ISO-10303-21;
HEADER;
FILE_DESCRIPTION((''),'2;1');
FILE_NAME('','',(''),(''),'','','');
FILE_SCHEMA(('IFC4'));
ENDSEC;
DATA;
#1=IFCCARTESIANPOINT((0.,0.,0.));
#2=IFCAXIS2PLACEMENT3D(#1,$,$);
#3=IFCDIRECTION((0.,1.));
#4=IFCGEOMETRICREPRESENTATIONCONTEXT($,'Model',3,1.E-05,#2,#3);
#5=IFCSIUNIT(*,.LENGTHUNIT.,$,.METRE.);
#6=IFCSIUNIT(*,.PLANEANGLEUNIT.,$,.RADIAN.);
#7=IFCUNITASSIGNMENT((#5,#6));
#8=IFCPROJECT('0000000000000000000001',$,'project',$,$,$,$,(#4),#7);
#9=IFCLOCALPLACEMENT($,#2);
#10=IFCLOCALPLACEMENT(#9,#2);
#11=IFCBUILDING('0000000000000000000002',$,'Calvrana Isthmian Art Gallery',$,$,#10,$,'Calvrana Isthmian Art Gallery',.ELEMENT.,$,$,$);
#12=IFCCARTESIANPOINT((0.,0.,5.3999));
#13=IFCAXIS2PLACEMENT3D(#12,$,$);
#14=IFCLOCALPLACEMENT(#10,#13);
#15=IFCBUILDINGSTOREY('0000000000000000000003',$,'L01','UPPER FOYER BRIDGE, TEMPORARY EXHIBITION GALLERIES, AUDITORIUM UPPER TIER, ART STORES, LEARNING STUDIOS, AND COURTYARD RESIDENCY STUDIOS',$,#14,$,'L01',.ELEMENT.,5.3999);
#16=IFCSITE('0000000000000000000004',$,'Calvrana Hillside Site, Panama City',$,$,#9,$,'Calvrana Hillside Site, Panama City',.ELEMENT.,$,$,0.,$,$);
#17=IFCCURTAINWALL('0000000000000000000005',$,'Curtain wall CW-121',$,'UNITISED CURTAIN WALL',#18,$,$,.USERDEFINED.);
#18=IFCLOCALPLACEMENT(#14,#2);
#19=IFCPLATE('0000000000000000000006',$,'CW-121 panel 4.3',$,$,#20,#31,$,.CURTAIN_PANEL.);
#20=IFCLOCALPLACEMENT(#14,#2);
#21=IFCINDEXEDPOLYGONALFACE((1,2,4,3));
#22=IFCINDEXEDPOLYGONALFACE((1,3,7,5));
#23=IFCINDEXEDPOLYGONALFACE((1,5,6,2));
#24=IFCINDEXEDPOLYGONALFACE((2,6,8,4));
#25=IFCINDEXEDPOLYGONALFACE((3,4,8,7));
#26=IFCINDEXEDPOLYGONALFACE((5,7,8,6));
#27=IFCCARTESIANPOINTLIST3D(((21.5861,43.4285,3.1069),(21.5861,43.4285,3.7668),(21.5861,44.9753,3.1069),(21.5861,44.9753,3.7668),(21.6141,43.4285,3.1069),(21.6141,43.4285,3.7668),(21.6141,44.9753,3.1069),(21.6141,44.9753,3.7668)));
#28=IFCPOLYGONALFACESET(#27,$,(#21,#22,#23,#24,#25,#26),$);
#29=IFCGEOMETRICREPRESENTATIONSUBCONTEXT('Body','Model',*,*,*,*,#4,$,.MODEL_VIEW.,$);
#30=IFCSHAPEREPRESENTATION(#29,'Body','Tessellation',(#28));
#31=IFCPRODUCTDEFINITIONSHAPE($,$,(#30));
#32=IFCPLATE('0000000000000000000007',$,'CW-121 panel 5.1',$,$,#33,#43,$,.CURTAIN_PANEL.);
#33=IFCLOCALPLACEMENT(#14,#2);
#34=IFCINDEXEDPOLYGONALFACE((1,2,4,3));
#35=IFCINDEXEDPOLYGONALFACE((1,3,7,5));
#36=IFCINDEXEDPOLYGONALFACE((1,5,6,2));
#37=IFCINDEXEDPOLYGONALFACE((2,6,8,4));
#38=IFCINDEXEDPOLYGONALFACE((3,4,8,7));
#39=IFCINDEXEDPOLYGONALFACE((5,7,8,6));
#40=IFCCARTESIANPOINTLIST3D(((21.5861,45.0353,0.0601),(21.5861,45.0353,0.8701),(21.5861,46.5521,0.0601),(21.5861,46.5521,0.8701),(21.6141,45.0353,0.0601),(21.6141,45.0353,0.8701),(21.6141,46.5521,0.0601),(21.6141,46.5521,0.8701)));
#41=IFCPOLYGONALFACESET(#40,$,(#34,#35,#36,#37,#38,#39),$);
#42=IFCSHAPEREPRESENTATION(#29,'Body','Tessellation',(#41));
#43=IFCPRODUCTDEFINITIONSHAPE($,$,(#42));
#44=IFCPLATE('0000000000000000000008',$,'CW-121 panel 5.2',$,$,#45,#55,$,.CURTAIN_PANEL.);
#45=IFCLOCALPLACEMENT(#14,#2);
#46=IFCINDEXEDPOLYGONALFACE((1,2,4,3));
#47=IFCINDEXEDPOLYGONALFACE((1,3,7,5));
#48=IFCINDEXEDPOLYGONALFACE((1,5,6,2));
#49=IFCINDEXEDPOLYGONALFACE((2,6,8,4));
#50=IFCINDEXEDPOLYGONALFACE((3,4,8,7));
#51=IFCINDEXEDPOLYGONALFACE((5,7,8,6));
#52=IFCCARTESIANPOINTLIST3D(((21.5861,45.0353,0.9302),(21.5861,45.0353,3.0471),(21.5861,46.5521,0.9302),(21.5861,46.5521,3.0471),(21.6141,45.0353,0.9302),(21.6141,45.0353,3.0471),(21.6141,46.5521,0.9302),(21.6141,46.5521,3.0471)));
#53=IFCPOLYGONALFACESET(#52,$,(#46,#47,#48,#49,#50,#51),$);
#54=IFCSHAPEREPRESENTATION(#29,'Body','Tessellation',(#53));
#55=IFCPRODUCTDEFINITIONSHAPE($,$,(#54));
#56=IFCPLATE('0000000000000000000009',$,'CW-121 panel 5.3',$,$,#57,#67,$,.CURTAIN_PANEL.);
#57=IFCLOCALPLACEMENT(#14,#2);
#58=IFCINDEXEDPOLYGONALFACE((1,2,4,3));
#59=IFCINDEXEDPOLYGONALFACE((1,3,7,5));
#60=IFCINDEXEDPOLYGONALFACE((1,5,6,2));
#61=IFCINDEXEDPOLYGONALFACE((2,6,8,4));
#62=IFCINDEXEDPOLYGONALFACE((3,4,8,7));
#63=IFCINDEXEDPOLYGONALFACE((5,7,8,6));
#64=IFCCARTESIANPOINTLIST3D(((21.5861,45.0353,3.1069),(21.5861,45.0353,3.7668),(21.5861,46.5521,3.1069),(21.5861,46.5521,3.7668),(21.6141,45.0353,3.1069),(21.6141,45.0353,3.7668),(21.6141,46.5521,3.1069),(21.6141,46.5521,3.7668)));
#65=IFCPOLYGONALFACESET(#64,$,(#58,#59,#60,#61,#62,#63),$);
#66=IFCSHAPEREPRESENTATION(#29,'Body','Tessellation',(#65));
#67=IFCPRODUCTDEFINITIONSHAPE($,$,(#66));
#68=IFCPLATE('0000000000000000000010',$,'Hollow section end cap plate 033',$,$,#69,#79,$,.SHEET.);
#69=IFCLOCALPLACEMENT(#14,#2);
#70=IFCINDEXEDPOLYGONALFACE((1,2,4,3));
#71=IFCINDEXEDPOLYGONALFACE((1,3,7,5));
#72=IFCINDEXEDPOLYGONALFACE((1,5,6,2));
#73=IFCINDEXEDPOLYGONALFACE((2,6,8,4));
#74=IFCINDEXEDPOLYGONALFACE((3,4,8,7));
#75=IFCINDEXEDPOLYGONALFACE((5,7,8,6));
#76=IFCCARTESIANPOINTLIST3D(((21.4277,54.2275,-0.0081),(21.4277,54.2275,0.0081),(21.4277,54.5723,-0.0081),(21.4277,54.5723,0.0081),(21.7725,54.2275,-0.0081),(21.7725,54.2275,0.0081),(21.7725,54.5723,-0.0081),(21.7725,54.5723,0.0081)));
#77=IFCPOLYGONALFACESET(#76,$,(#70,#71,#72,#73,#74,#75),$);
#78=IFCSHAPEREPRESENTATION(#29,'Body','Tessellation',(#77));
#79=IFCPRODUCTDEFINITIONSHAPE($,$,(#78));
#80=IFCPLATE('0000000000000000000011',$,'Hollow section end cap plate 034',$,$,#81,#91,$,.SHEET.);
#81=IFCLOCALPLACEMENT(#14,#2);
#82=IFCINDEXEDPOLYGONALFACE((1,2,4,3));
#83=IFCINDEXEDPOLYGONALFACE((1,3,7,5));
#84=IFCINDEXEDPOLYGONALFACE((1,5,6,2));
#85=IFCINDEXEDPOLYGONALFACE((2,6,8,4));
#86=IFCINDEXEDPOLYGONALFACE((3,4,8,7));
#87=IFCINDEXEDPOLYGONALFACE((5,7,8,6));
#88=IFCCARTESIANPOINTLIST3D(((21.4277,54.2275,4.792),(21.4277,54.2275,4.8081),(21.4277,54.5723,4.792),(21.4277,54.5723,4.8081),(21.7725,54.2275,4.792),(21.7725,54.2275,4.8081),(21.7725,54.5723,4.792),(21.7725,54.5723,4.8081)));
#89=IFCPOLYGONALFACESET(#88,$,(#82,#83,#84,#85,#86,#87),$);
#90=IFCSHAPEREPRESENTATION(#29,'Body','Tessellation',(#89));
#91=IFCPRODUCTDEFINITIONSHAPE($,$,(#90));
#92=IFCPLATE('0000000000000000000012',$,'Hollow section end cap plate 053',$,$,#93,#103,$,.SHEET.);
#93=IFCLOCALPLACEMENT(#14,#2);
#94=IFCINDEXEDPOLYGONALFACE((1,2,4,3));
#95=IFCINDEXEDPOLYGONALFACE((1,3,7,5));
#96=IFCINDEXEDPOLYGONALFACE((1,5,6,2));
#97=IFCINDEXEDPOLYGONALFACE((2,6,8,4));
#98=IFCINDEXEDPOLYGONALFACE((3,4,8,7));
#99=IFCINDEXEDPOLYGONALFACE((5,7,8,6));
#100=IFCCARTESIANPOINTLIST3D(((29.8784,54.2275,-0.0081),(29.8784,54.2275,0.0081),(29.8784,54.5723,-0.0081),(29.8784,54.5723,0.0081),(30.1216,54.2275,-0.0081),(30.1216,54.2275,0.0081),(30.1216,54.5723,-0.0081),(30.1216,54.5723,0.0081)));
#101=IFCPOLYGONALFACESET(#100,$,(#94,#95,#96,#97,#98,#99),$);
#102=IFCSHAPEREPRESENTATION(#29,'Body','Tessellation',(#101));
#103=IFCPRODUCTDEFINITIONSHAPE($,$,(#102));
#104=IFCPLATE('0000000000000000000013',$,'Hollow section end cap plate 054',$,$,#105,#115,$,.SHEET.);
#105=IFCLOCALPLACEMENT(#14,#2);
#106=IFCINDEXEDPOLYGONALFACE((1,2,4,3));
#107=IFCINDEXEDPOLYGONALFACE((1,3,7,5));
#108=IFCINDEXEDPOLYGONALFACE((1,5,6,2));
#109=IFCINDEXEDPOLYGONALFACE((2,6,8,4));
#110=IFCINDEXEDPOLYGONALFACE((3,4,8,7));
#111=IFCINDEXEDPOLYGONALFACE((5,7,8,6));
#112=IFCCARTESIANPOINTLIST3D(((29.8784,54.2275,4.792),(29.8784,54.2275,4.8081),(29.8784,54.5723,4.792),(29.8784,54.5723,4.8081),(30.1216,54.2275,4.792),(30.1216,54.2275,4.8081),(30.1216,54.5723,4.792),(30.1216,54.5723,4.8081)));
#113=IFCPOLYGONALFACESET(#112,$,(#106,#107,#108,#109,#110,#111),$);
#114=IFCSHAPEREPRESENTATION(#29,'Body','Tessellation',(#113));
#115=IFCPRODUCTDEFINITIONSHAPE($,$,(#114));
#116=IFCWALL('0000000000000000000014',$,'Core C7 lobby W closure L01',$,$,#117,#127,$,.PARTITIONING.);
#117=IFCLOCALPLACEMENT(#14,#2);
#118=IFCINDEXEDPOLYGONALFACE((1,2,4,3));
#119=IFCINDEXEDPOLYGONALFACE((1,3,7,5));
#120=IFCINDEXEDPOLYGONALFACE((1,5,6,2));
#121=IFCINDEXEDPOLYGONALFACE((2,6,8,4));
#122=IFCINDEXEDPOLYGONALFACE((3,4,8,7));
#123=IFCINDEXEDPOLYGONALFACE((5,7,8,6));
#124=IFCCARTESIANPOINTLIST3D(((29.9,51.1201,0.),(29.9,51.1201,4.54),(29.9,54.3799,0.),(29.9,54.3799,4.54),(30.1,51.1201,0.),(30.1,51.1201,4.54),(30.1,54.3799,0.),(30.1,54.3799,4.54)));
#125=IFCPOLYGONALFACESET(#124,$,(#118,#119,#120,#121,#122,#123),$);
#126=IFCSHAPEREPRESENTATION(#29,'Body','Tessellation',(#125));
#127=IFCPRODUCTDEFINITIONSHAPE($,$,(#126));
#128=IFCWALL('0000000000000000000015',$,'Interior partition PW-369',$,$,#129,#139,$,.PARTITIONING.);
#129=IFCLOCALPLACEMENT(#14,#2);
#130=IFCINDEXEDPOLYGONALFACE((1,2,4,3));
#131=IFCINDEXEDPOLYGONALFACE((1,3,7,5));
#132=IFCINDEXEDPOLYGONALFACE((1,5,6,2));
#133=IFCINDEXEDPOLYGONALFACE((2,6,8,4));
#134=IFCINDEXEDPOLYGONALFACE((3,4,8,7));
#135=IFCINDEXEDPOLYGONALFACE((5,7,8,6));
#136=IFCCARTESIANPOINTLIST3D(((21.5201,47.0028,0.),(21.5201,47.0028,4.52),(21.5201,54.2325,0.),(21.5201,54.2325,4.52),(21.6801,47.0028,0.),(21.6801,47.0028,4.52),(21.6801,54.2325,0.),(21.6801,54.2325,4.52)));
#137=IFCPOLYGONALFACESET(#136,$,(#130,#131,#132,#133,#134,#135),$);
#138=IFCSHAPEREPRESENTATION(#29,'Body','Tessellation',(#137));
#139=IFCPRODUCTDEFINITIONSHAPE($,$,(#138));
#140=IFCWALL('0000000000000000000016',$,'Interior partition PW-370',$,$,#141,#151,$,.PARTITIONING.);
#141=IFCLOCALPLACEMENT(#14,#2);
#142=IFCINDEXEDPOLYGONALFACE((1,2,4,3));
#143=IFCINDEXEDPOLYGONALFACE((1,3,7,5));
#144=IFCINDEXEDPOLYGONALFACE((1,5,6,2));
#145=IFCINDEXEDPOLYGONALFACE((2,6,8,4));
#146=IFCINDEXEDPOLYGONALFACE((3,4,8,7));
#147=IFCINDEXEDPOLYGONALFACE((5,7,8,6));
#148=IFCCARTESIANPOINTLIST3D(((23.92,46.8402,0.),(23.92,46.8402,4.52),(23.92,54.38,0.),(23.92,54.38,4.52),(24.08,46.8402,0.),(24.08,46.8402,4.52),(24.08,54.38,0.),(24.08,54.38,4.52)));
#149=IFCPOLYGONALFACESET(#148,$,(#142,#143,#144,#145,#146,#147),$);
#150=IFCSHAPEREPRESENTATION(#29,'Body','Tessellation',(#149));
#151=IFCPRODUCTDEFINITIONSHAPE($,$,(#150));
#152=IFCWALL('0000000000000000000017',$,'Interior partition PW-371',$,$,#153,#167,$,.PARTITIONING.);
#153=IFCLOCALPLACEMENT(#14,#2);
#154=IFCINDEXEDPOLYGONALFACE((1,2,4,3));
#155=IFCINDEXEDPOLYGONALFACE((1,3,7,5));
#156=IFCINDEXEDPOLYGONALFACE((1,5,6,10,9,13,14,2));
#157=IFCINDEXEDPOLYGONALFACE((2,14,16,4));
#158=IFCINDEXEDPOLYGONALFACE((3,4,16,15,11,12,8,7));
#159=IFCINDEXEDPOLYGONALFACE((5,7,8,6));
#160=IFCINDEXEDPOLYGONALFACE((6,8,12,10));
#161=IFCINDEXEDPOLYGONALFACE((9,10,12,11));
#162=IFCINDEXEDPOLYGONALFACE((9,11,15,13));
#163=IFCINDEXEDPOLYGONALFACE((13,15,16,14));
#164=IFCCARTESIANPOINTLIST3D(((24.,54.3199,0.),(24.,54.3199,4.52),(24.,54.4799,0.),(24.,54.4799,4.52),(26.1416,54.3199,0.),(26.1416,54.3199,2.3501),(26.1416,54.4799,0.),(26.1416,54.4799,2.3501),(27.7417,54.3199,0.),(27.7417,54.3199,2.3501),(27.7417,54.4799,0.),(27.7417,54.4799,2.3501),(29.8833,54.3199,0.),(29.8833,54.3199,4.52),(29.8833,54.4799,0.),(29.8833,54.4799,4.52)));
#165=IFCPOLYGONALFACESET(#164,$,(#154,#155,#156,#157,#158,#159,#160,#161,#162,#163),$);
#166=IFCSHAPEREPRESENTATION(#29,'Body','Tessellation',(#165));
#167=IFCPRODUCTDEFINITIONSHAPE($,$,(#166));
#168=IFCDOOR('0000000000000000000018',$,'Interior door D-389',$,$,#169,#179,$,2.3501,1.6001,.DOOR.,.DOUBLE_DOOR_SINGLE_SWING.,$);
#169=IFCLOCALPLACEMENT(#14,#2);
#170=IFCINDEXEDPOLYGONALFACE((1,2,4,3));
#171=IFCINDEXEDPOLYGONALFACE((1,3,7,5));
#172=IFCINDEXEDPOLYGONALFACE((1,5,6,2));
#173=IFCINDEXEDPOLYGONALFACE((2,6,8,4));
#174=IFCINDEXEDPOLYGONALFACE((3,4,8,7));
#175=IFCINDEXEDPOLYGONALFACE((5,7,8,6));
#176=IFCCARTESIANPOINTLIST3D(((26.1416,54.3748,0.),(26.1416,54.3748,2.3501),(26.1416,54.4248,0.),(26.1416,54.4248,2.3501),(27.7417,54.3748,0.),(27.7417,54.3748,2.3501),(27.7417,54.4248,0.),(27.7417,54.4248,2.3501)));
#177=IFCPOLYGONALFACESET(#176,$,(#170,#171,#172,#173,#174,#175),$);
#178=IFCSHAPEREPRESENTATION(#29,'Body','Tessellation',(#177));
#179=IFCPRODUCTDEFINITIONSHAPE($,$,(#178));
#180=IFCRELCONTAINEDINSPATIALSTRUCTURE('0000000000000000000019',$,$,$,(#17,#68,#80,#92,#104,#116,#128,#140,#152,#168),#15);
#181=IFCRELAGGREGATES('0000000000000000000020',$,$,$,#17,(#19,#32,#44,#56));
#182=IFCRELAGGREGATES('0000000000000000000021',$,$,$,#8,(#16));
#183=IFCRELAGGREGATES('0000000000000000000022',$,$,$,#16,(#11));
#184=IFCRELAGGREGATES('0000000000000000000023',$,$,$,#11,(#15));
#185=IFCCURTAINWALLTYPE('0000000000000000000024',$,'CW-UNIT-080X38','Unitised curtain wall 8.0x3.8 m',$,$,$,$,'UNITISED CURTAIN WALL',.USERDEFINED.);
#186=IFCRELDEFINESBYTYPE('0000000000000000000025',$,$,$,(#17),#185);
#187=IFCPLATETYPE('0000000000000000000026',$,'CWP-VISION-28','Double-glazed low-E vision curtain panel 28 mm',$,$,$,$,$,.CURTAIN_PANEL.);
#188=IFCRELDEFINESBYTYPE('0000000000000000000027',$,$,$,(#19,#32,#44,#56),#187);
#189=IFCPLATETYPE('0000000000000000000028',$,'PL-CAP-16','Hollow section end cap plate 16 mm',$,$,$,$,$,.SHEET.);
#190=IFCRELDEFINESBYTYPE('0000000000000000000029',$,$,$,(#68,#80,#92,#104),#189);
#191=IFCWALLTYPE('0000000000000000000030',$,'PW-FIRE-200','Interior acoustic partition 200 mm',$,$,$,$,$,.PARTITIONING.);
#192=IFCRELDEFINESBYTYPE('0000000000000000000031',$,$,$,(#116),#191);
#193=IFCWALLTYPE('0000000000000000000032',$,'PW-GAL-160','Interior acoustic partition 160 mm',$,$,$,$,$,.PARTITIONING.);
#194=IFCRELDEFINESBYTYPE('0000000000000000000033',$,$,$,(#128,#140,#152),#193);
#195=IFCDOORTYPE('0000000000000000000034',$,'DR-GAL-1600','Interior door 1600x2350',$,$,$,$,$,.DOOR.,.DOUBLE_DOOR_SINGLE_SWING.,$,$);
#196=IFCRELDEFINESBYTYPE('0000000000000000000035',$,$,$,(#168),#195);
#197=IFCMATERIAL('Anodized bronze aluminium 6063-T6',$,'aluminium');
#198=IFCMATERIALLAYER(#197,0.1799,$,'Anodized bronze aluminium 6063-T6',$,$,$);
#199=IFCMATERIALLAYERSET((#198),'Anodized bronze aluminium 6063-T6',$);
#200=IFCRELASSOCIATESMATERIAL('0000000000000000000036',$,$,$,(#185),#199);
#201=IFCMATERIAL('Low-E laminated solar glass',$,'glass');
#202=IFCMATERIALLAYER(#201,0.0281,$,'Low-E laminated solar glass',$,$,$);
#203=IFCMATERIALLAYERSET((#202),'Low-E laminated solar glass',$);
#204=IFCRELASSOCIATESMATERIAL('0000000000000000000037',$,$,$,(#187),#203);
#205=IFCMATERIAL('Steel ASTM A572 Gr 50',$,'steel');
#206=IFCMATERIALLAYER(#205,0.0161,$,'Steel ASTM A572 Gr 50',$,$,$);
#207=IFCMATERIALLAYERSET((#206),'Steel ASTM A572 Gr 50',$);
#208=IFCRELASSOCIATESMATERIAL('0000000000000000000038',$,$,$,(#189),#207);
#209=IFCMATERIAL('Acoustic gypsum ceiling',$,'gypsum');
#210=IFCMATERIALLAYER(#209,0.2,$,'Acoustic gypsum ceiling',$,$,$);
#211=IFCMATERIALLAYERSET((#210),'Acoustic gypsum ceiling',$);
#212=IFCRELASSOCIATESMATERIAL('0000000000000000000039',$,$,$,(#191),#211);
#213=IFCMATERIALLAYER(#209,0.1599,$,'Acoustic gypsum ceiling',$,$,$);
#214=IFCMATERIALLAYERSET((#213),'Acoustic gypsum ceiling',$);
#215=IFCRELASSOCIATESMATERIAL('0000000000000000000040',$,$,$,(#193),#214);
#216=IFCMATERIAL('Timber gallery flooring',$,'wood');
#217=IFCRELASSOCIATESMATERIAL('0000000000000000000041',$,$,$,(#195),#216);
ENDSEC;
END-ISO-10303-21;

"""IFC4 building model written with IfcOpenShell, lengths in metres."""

from ifc_helpers import new_model, si_unit, direction, frame, frame_2d, origin, origin_2d, place, context, subcontext, project, spatial, rectangle, extrude, material, layer, layer_set, type_object, element, fill, aggregate, save


model = new_model("IFC4")

# Units and contexts
model_context = context("Model", 3, precision=1e-05, world=origin(), true_north=direction((0.0, 1.0)))
body_context = subcontext(model_context, "Body", "Model", "MODEL_VIEW")
ifc_project = project(units=[si_unit("LENGTHUNIT", "METRE"), si_unit("PLANEANGLEUNIT", "RADIAN")], contexts=[model_context])

# Site, building, storey
site_placement = place(None, origin())
site = spatial("IfcSite", under=ifc_project, at=site_placement, Name="Calvrana Hillside Site, Panama City", LongName="Calvrana Hillside Site, Panama City", CompositionType="ELEMENT", RefElevation=0.0)
building_placement = place(site_placement, origin())
building = spatial("IfcBuilding", under=site, at=building_placement, Name="Calvrana Isthmian Art Gallery", LongName="Calvrana Isthmian Art Gallery", CompositionType="ELEMENT")
storey_placement = place(building_placement, frame((0.0, 0.0, 5.3999)))
storey = spatial("IfcBuildingStorey", under=building, at=storey_placement, Name="L01", Description="UPPER FOYER BRIDGE, TEMPORARY EXHIBITION GALLERIES, AUDITORIUM UPPER TIER, ART STORES, LEARNING STUDIOS, AND COURTYARD RESIDENCY STUDIOS", LongName="L01", CompositionType="ELEMENT", Elevation=5.3999)

# Curtain wall, plates
ifc_material_1 = material(Name="Anodized bronze aluminium 6063-T6", Category="aluminium")
ifc_layer_1 = layer(ifc_material_1, 0.1799, Name="Anodized bronze aluminium 6063-T6")
ifc_layer_set_1 = layer_set([ifc_layer_1], Name="Anodized bronze aluminium 6063-T6")
curtain_wall_type = type_object("IfcCurtainWallType", Name="CW-UNIT-080X38", Description="Unitised curtain wall 8.0x3.8 m", ElementType="UNITISED CURTAIN WALL", PredefinedType="USERDEFINED", material=ifc_layer_set_1)
curtain_wall_placement = place(storey_placement, origin())
curtain_wall = element("IfcCurtainWall", 1, at=curtain_wall_placement, inside=storey, type_object=curtain_wall_type, Name="Curtain wall CW-121", ObjectType="UNITISED CURTAIN WALL", PredefinedType="USERDEFINED")
ifc_material_2 = material(Name="Low-E laminated solar glass", Category="glass")
ifc_layer_2 = layer(ifc_material_2, 0.0281, Name="Low-E laminated solar glass")
ifc_layer_set_2 = layer_set([ifc_layer_2], Name="Low-E laminated solar glass")
plate_type_1 = type_object("IfcPlateType", Name="CWP-VISION-28", Description="Double-glazed low-E vision curtain panel 28 mm", PredefinedType="CURTAIN_PANEL", material=ifc_layer_set_2)
plate_1_placement = place(storey_placement, frame((21.6001, 44.2019, 3.1069), z_axis=(0.0, 0.0, 1.0), x_axis=(0.0, 1.0, 0.0)))
plate_1 = element("IfcPlate", 2, at=plate_1_placement, type_object=plate_type_1, Name="CW-121 panel 4.3", PredefinedType="CURTAIN_PANEL", context=body_context, shape_type="SweptSolid", body=[
    extrude(rectangle(XDim=1.5469, YDim=0.0281, at=origin_2d()), origin(), (0.0, 0.0, 1.0), 0.6599),
])
plate_2_placement = place(storey_placement, frame((21.6001, 45.7937, 0.0601), z_axis=(0.0, 0.0, 1.0), x_axis=(0.0, 1.0, 0.0)))
plate_2 = element("IfcPlate", 3, at=plate_2_placement, type_object=plate_type_1, Name="CW-121 panel 5.1", PredefinedType="CURTAIN_PANEL", context=body_context, shape_type="SweptSolid", body=[
    extrude(rectangle(XDim=1.5168, YDim=0.0281, at=origin_2d()), origin(), (0.0, 0.0, 1.0), 0.8101),
])
plate_3_placement = place(storey_placement, frame((21.6001, 45.7937, 0.9302), z_axis=(0.0, 0.0, 1.0), x_axis=(0.0, 1.0, 0.0)))
plate_3 = element("IfcPlate", 4, at=plate_3_placement, type_object=plate_type_1, Name="CW-121 panel 5.2", PredefinedType="CURTAIN_PANEL", context=body_context, shape_type="SweptSolid", body=[
    extrude(rectangle(XDim=1.5168, YDim=0.0281, at=origin_2d()), origin(), (0.0, 0.0, 1.0), 2.1169),
])
plate_4_placement = place(storey_placement, frame((21.6001, 45.7937, 3.1069), z_axis=(0.0, 0.0, 1.0), x_axis=(0.0, 1.0, 0.0)))
plate_4 = element("IfcPlate", 5, at=plate_4_placement, type_object=plate_type_1, Name="CW-121 panel 5.3", PredefinedType="CURTAIN_PANEL", context=body_context, shape_type="SweptSolid", body=[
    extrude(rectangle(XDim=1.5168, YDim=0.0281, at=origin_2d()), origin(), (0.0, 0.0, 1.0), 0.6599),
])
aggregate(curtain_wall, [plate_1, plate_2, plate_3, plate_4])

# Plates
ifc_material_3 = material(Name="Steel ASTM A572 Gr 50", Category="steel")
ifc_layer_3 = layer(ifc_material_3, 0.0161, Name="Steel ASTM A572 Gr 50")
ifc_layer_set_3 = layer_set([ifc_layer_3], Name="Steel ASTM A572 Gr 50")
plate_type_2 = type_object("IfcPlateType", Name="PL-CAP-16", Description="Hollow section end cap plate 16 mm", PredefinedType="SHEET", material=ifc_layer_set_3)
for number, where, z_axis, x_axis, name in (
    (6, (21.6001, 54.3999, -0.0081), (0.0, 0.0, 1.0), (1.0, 0.0, 0.0), "Hollow section end cap plate 033"),
    (7, (21.6001, 54.3999, 4.792), (0.0, 0.0, 1.0), (1.0, 0.0, 0.0), "Hollow section end cap plate 034"),
):
    element("IfcPlate", number, at=place(storey_placement, frame(where, z_axis=z_axis, x_axis=x_axis)), inside=storey, type_object=plate_type_2, Name=name, PredefinedType="SHEET", context=body_context, shape_type="SweptSolid", body=[
        extrude(rectangle(XDim=0.3447, YDim=0.3447, at=origin_2d()), origin(), (0.0, 0.0, 1.0), 0.0161),
    ])
for number, where, z_axis, x_axis, name in (
    (8, (30.0, 54.3999, -0.0081), (0.0, 0.0, 1.0), (1.0, 0.0, 0.0), "Hollow section end cap plate 053"),
    (9, (30.0, 54.3999, 4.792), (0.0, 0.0, 1.0), (1.0, 0.0, 0.0), "Hollow section end cap plate 054"),
):
    element("IfcPlate", number, at=place(storey_placement, frame(where, z_axis=z_axis, x_axis=x_axis)), inside=storey, type_object=plate_type_2, Name=name, PredefinedType="SHEET", context=body_context, shape_type="SweptSolid", body=[
        extrude(rectangle(XDim=0.2432, YDim=0.3447, at=origin_2d()), origin(), (0.0, 0.0, 1.0), 0.0161),
    ])

# Walls
ifc_material_4 = material(Name="Acoustic gypsum ceiling", Category="gypsum")
ifc_layer_4 = layer(ifc_material_4, 0.2, Name="Acoustic gypsum ceiling")
ifc_layer_set_4 = layer_set([ifc_layer_4], Name="Acoustic gypsum ceiling")
wall_type_1 = type_object("IfcWallType", Name="PW-FIRE-200", Description="Interior acoustic partition 200 mm", PredefinedType="PARTITIONING", material=ifc_layer_set_4)
wall_1_placement = place(storey_placement, frame((30.0, 51.1201, 0.0), z_axis=(0.0, 0.0, 1.0), x_axis=(0.0, 1.0, 0.0)))
element("IfcWall", 10, at=wall_1_placement, inside=storey, type_object=wall_type_1, Name="Core C7 lobby W closure L01", PredefinedType="PARTITIONING", context=body_context, shape_type="SweptSolid", body=[
    extrude(rectangle(XDim=3.2598, YDim=0.2, at=frame_2d((1.6299, 0.0))), origin(), (0.0, 0.0, 1.0), 4.54),
])
ifc_layer_5 = layer(ifc_material_4, 0.1599, Name="Acoustic gypsum ceiling")
ifc_layer_set_5 = layer_set([ifc_layer_5], Name="Acoustic gypsum ceiling")
wall_type_2 = type_object("IfcWallType", Name="PW-GAL-160", Description="Interior acoustic partition 160 mm", PredefinedType="PARTITIONING", material=ifc_layer_set_5)
wall_2_placement = place(storey_placement, frame((21.6001, 47.0029, 0.0), z_axis=(0.0, 0.0, 1.0), x_axis=(0.0, 1.0, 0.0)))
element("IfcWall", 11, at=wall_2_placement, inside=storey, type_object=wall_type_2, Name="Interior partition PW-369", PredefinedType="PARTITIONING", context=body_context, shape_type="SweptSolid", body=[
    extrude(rectangle(XDim=7.2297, YDim=0.1599, at=frame_2d((3.6147, 0.0))), origin(), (0.0, 0.0, 1.0), 4.52),
])
wall_3_placement = place(storey_placement, frame((24.0, 46.8401, 0.0), z_axis=(0.0, 0.0, 1.0), x_axis=(0.0, 1.0, 0.0)))
element("IfcWall", 12, at=wall_3_placement, inside=storey, type_object=wall_type_2, Name="Interior partition PW-370", PredefinedType="PARTITIONING", context=body_context, shape_type="SweptSolid", body=[
    extrude(rectangle(XDim=7.5398, YDim=0.1599, at=frame_2d((3.77, 0.0))), origin(), (0.0, 0.0, 1.0), 4.52),
])

# Wall, opening, door
wall_4_placement = place(storey_placement, frame((24.0, 54.3999, 0.0), z_axis=(0.0, 0.0, 1.0), x_axis=(1.0, 0.0, 0.0)))
wall_4 = element("IfcWall", 13, at=wall_4_placement, inside=storey, type_object=wall_type_2, Name="Interior partition PW-371", PredefinedType="PARTITIONING", context=body_context, shape_type="SweptSolid", body=[
    extrude(rectangle(XDim=5.8833, YDim=0.1599, at=frame_2d((2.9417, 0.0))), origin(), (0.0, 0.0, 1.0), 4.52),
])
opening_placement = place(wall_4_placement, frame((2.1416, 0.0, 0.0)))
opening = element("IfcOpeningElement", 14, at=opening_placement, cuts=wall_4, PredefinedType="OPENING", context=body_context, shape_type="SweptSolid", body=[
    extrude(rectangle(XDim=1.6001, YDim=2.3501, at=frame_2d((0.8, 1.175))), frame((0.0, 0.0903, 0.0), z_axis=(0.0, -1.0, 0.0), x_axis=(1.0, 0.0, 0.0)), (0.0, 0.0, 1.0), 0.1804),
])
ifc_material_5 = material(Name="Timber gallery flooring", Category="wood")
door_type = type_object("IfcDoorType", Name="DR-GAL-1600", Description="Interior door 1600x2350", OperationType="DOUBLE_DOOR_SINGLE_SWING", PredefinedType="DOOR", material=ifc_material_5)
door_placement = place(opening_placement, origin())
door = element("IfcDoor", 15, at=door_placement, inside=storey, type_object=door_type, Name="Interior door D-389", OperationType="DOUBLE_DOOR_SINGLE_SWING", OverallHeight=2.3501, OverallWidth=1.6001, PredefinedType="DOOR", context=body_context, shape_type="SweptSolid", body=[
    extrude(rectangle(XDim=1.6001, YDim=2.3501, at=frame_2d((0.8, 1.175))), frame((0.0, 0.0249, 0.0), z_axis=(0.0, -1.0, 0.0), x_axis=(1.0, 0.0, 0.0)), (0.0, 0.0, 1.0), 0.05),
])
fill(opening, door)

save(model, "model.ifc")
